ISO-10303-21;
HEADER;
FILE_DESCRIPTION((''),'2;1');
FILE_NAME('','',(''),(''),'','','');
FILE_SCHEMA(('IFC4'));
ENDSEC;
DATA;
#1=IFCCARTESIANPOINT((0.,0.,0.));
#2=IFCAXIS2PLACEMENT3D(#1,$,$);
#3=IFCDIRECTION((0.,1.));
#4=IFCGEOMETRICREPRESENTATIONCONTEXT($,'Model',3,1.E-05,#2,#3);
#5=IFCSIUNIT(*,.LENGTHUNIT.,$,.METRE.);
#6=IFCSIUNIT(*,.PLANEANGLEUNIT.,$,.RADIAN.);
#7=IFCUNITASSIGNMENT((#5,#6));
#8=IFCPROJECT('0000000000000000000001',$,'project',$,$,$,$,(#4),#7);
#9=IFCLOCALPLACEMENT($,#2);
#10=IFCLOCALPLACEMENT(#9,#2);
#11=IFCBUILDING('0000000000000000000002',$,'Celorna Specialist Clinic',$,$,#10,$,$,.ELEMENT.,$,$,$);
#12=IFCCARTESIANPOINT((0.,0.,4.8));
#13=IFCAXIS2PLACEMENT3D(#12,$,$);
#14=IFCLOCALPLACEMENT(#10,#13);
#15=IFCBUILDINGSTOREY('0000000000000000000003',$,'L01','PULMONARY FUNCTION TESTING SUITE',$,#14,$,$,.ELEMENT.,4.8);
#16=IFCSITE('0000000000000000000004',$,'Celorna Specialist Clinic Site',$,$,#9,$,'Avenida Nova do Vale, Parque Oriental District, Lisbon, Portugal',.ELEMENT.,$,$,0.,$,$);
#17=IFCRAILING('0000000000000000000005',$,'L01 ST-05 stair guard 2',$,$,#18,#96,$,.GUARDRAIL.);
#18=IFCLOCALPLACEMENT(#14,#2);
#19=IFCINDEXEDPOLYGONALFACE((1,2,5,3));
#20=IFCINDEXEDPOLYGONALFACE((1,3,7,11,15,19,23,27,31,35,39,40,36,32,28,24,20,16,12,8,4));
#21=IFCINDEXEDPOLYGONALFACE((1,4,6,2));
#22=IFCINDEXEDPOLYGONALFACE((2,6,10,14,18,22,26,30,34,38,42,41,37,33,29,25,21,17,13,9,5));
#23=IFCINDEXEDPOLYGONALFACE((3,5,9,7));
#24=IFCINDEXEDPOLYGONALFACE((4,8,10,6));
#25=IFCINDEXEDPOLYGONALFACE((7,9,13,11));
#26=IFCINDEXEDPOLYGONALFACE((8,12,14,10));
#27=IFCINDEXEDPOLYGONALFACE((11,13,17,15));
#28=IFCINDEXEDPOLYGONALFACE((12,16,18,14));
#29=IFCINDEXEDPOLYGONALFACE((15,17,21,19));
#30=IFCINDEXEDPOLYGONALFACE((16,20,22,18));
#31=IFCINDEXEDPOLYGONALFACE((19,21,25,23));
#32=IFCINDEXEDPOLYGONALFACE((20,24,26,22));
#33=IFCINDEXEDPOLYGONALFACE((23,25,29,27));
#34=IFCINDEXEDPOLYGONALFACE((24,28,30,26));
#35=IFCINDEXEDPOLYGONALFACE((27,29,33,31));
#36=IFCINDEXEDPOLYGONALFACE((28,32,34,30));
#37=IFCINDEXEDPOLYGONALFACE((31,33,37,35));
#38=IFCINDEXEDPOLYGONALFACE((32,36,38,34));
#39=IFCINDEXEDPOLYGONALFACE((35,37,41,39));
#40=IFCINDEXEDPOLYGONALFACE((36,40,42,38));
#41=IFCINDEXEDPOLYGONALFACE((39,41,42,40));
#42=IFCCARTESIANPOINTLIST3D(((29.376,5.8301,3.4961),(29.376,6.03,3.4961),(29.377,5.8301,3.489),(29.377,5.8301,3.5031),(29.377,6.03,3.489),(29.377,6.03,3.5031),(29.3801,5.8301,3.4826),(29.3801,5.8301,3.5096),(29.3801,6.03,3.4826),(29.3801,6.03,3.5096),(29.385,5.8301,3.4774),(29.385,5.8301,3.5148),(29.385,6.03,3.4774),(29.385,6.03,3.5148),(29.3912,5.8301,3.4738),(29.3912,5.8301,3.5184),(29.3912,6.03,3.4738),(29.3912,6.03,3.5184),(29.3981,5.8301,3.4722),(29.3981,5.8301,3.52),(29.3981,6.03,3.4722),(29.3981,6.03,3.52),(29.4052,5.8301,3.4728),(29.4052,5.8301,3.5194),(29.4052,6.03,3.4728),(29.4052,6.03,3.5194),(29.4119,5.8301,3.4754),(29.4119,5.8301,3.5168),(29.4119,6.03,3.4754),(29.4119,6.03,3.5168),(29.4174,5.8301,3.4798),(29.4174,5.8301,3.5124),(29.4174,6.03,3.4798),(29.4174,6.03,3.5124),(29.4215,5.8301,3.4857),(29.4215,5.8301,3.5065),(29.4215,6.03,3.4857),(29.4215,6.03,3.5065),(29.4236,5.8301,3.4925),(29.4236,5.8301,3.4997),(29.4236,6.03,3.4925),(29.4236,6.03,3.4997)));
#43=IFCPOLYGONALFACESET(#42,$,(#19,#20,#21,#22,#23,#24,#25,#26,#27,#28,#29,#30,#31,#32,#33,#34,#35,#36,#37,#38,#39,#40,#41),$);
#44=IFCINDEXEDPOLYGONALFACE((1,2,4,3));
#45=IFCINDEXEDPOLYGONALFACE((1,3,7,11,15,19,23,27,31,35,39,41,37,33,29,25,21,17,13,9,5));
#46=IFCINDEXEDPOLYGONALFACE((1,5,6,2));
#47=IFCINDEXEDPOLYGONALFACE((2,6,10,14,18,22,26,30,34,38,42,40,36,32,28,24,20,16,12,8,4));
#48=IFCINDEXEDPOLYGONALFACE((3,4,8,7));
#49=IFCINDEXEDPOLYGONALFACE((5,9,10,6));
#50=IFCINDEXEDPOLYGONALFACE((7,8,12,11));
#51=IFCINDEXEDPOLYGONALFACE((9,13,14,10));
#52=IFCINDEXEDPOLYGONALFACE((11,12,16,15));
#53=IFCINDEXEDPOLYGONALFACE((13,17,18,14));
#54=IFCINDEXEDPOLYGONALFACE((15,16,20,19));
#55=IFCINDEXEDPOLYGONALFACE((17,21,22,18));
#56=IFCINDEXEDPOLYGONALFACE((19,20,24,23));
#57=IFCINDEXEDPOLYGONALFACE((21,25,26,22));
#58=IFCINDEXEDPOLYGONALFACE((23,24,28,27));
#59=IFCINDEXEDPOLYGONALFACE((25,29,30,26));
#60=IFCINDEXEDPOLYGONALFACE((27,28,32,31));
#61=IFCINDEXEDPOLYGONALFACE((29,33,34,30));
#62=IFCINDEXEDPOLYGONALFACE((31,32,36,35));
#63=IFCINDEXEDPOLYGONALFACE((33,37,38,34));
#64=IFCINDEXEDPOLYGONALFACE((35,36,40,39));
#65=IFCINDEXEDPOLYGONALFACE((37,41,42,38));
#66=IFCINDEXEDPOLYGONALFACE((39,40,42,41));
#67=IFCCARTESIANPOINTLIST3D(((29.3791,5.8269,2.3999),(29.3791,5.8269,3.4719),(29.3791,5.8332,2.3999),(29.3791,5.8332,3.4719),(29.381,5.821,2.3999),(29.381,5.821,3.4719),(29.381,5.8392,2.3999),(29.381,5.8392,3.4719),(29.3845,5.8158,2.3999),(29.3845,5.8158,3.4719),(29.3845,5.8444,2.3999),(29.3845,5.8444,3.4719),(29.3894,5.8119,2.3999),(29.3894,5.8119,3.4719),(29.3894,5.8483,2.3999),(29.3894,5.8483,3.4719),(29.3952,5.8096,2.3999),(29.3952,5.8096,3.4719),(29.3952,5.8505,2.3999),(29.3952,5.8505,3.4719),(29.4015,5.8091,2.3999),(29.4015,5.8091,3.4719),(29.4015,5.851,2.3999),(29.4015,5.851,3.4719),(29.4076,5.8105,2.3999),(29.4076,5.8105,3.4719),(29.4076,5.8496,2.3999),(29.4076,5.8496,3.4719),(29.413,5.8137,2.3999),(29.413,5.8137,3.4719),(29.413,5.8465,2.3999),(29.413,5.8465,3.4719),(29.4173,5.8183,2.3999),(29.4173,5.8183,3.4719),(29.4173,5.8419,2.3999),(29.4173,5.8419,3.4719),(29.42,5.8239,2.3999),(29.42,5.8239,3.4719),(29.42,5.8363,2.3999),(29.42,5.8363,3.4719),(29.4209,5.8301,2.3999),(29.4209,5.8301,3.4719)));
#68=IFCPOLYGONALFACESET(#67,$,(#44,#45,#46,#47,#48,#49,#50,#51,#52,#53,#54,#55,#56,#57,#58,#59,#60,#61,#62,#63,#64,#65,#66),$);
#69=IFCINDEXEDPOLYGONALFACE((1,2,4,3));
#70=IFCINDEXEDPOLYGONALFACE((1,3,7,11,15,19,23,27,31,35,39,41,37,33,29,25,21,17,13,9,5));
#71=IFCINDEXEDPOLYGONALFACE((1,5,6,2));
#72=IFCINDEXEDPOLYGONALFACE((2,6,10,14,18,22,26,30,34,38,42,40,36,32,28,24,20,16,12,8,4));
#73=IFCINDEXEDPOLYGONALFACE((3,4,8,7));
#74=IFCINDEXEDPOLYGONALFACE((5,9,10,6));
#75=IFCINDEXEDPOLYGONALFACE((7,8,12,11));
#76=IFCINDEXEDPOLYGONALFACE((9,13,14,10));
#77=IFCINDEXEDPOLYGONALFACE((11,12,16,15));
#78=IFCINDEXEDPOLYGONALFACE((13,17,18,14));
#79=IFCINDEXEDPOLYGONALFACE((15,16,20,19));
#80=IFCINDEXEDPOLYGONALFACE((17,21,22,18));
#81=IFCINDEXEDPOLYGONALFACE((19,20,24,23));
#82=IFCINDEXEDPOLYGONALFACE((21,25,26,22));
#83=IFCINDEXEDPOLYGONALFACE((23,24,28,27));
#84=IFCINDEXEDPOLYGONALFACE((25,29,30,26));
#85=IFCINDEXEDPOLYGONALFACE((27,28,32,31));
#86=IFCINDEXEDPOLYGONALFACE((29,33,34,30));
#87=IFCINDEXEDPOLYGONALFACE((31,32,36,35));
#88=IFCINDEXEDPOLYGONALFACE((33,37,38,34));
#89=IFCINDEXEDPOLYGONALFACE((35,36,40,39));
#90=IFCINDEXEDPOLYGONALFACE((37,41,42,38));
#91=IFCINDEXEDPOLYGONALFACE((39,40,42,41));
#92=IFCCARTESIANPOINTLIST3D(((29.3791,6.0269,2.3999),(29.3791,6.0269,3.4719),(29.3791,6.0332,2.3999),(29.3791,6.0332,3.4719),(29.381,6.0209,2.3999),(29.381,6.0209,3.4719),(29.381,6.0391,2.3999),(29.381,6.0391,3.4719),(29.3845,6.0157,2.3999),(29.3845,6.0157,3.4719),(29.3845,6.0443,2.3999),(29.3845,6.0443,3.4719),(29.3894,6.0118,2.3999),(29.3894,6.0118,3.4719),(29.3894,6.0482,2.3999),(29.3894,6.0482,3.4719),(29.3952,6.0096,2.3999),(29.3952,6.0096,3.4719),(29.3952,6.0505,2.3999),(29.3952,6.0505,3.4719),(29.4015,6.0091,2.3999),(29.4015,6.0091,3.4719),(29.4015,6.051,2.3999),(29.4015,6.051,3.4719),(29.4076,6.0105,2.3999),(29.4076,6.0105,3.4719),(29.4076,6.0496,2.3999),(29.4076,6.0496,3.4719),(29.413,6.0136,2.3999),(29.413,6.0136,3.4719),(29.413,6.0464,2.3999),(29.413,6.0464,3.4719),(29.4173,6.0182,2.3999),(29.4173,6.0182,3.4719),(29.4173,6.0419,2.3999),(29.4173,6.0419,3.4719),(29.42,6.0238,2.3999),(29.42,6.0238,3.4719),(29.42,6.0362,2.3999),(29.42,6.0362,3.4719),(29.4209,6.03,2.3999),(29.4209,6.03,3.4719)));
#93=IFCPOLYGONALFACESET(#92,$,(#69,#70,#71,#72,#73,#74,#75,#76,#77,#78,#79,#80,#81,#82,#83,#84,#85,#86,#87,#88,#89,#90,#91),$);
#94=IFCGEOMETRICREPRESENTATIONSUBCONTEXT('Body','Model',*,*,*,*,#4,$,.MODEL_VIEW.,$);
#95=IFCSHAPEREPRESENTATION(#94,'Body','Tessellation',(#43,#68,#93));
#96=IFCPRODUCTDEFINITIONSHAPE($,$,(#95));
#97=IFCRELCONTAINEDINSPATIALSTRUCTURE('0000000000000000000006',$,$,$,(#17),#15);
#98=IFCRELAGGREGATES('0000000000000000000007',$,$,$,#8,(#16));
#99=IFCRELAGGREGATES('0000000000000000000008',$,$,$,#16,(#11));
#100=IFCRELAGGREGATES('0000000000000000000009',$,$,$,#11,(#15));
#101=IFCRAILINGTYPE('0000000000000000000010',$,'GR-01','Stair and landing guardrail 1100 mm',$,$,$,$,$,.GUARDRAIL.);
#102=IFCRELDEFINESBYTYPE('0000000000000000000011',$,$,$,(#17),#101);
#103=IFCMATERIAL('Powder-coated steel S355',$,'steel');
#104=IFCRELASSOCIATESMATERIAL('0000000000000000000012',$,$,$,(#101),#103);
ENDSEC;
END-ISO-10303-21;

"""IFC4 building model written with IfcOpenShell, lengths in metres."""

from ifc_helpers import new_model, si_unit, direction, frame, origin, origin_2d, place, context, subcontext, project, spatial, circle, extrude, material, type_object, element, save


model = new_model("IFC4")

# Units and contexts
model_context = context("Model", 3, precision=1e-05, world=origin(), true_north=direction((0.0, 1.0)))
body_context = subcontext(model_context, "Body", "Model", "MODEL_VIEW")
ifc_project = project(units=[si_unit("LENGTHUNIT", "METRE"), si_unit("PLANEANGLEUNIT", "RADIAN")], contexts=[model_context])

# Site, building, storey
site_placement = place(None, origin())
site = spatial("IfcSite", under=ifc_project, at=site_placement, Name="Celorna Specialist Clinic Site", LongName="Avenida Nova do Vale, Parque Oriental District, Lisbon, Portugal", CompositionType="ELEMENT", RefElevation=0.0)
building_placement = place(site_placement, origin())
building = spatial("IfcBuilding", under=site, at=building_placement, Name="Celorna Specialist Clinic", CompositionType="ELEMENT")
storey_placement = place(building_placement, frame((0.0, 0.0, 4.8)))
storey = spatial("IfcBuildingStorey", under=building, at=storey_placement, Name="L01", Description="PULMONARY FUNCTION TESTING SUITE", CompositionType="ELEMENT", Elevation=4.8)

# Railing
ifc_material_1 = material(Name="Powder-coated steel S355", Category="steel")
railing_type_1 = type_object("IfcRailingType", Name="GR-01", Description="Stair and landing guardrail 1100 mm", PredefinedType="GUARDRAIL", material=ifc_material_1)
railing_1_placement = place(storey_placement, frame((29.3999, 5.8301, 2.3999)))
element("IfcRailing", 1, at=railing_1_placement, inside=storey, type_object=railing_type_1, Name="L01 ST-05 stair guard 2", PredefinedType="GUARDRAIL", context=body_context, shape_type="SweptSolid", body=[
    extrude(circle(Radius=0.0239, at=origin_2d()), frame((0.0, 0.0, 1.0962), z_axis=(0.0, 1.0, 0.0), x_axis=(-1.0, 0.0, 0.0)), (0.0, 0.0, 1.0), 0.2),
    extrude(circle(Radius=0.021, at=origin_2d()), origin(), (0.0, 0.0, 1.0), 1.072),
    extrude(circle(Radius=0.021, at=origin_2d()), frame((0.0, 0.2, 0.0)), (0.0, 0.0, 1.0), 1.072),
])

save(model, "model.ifc")
